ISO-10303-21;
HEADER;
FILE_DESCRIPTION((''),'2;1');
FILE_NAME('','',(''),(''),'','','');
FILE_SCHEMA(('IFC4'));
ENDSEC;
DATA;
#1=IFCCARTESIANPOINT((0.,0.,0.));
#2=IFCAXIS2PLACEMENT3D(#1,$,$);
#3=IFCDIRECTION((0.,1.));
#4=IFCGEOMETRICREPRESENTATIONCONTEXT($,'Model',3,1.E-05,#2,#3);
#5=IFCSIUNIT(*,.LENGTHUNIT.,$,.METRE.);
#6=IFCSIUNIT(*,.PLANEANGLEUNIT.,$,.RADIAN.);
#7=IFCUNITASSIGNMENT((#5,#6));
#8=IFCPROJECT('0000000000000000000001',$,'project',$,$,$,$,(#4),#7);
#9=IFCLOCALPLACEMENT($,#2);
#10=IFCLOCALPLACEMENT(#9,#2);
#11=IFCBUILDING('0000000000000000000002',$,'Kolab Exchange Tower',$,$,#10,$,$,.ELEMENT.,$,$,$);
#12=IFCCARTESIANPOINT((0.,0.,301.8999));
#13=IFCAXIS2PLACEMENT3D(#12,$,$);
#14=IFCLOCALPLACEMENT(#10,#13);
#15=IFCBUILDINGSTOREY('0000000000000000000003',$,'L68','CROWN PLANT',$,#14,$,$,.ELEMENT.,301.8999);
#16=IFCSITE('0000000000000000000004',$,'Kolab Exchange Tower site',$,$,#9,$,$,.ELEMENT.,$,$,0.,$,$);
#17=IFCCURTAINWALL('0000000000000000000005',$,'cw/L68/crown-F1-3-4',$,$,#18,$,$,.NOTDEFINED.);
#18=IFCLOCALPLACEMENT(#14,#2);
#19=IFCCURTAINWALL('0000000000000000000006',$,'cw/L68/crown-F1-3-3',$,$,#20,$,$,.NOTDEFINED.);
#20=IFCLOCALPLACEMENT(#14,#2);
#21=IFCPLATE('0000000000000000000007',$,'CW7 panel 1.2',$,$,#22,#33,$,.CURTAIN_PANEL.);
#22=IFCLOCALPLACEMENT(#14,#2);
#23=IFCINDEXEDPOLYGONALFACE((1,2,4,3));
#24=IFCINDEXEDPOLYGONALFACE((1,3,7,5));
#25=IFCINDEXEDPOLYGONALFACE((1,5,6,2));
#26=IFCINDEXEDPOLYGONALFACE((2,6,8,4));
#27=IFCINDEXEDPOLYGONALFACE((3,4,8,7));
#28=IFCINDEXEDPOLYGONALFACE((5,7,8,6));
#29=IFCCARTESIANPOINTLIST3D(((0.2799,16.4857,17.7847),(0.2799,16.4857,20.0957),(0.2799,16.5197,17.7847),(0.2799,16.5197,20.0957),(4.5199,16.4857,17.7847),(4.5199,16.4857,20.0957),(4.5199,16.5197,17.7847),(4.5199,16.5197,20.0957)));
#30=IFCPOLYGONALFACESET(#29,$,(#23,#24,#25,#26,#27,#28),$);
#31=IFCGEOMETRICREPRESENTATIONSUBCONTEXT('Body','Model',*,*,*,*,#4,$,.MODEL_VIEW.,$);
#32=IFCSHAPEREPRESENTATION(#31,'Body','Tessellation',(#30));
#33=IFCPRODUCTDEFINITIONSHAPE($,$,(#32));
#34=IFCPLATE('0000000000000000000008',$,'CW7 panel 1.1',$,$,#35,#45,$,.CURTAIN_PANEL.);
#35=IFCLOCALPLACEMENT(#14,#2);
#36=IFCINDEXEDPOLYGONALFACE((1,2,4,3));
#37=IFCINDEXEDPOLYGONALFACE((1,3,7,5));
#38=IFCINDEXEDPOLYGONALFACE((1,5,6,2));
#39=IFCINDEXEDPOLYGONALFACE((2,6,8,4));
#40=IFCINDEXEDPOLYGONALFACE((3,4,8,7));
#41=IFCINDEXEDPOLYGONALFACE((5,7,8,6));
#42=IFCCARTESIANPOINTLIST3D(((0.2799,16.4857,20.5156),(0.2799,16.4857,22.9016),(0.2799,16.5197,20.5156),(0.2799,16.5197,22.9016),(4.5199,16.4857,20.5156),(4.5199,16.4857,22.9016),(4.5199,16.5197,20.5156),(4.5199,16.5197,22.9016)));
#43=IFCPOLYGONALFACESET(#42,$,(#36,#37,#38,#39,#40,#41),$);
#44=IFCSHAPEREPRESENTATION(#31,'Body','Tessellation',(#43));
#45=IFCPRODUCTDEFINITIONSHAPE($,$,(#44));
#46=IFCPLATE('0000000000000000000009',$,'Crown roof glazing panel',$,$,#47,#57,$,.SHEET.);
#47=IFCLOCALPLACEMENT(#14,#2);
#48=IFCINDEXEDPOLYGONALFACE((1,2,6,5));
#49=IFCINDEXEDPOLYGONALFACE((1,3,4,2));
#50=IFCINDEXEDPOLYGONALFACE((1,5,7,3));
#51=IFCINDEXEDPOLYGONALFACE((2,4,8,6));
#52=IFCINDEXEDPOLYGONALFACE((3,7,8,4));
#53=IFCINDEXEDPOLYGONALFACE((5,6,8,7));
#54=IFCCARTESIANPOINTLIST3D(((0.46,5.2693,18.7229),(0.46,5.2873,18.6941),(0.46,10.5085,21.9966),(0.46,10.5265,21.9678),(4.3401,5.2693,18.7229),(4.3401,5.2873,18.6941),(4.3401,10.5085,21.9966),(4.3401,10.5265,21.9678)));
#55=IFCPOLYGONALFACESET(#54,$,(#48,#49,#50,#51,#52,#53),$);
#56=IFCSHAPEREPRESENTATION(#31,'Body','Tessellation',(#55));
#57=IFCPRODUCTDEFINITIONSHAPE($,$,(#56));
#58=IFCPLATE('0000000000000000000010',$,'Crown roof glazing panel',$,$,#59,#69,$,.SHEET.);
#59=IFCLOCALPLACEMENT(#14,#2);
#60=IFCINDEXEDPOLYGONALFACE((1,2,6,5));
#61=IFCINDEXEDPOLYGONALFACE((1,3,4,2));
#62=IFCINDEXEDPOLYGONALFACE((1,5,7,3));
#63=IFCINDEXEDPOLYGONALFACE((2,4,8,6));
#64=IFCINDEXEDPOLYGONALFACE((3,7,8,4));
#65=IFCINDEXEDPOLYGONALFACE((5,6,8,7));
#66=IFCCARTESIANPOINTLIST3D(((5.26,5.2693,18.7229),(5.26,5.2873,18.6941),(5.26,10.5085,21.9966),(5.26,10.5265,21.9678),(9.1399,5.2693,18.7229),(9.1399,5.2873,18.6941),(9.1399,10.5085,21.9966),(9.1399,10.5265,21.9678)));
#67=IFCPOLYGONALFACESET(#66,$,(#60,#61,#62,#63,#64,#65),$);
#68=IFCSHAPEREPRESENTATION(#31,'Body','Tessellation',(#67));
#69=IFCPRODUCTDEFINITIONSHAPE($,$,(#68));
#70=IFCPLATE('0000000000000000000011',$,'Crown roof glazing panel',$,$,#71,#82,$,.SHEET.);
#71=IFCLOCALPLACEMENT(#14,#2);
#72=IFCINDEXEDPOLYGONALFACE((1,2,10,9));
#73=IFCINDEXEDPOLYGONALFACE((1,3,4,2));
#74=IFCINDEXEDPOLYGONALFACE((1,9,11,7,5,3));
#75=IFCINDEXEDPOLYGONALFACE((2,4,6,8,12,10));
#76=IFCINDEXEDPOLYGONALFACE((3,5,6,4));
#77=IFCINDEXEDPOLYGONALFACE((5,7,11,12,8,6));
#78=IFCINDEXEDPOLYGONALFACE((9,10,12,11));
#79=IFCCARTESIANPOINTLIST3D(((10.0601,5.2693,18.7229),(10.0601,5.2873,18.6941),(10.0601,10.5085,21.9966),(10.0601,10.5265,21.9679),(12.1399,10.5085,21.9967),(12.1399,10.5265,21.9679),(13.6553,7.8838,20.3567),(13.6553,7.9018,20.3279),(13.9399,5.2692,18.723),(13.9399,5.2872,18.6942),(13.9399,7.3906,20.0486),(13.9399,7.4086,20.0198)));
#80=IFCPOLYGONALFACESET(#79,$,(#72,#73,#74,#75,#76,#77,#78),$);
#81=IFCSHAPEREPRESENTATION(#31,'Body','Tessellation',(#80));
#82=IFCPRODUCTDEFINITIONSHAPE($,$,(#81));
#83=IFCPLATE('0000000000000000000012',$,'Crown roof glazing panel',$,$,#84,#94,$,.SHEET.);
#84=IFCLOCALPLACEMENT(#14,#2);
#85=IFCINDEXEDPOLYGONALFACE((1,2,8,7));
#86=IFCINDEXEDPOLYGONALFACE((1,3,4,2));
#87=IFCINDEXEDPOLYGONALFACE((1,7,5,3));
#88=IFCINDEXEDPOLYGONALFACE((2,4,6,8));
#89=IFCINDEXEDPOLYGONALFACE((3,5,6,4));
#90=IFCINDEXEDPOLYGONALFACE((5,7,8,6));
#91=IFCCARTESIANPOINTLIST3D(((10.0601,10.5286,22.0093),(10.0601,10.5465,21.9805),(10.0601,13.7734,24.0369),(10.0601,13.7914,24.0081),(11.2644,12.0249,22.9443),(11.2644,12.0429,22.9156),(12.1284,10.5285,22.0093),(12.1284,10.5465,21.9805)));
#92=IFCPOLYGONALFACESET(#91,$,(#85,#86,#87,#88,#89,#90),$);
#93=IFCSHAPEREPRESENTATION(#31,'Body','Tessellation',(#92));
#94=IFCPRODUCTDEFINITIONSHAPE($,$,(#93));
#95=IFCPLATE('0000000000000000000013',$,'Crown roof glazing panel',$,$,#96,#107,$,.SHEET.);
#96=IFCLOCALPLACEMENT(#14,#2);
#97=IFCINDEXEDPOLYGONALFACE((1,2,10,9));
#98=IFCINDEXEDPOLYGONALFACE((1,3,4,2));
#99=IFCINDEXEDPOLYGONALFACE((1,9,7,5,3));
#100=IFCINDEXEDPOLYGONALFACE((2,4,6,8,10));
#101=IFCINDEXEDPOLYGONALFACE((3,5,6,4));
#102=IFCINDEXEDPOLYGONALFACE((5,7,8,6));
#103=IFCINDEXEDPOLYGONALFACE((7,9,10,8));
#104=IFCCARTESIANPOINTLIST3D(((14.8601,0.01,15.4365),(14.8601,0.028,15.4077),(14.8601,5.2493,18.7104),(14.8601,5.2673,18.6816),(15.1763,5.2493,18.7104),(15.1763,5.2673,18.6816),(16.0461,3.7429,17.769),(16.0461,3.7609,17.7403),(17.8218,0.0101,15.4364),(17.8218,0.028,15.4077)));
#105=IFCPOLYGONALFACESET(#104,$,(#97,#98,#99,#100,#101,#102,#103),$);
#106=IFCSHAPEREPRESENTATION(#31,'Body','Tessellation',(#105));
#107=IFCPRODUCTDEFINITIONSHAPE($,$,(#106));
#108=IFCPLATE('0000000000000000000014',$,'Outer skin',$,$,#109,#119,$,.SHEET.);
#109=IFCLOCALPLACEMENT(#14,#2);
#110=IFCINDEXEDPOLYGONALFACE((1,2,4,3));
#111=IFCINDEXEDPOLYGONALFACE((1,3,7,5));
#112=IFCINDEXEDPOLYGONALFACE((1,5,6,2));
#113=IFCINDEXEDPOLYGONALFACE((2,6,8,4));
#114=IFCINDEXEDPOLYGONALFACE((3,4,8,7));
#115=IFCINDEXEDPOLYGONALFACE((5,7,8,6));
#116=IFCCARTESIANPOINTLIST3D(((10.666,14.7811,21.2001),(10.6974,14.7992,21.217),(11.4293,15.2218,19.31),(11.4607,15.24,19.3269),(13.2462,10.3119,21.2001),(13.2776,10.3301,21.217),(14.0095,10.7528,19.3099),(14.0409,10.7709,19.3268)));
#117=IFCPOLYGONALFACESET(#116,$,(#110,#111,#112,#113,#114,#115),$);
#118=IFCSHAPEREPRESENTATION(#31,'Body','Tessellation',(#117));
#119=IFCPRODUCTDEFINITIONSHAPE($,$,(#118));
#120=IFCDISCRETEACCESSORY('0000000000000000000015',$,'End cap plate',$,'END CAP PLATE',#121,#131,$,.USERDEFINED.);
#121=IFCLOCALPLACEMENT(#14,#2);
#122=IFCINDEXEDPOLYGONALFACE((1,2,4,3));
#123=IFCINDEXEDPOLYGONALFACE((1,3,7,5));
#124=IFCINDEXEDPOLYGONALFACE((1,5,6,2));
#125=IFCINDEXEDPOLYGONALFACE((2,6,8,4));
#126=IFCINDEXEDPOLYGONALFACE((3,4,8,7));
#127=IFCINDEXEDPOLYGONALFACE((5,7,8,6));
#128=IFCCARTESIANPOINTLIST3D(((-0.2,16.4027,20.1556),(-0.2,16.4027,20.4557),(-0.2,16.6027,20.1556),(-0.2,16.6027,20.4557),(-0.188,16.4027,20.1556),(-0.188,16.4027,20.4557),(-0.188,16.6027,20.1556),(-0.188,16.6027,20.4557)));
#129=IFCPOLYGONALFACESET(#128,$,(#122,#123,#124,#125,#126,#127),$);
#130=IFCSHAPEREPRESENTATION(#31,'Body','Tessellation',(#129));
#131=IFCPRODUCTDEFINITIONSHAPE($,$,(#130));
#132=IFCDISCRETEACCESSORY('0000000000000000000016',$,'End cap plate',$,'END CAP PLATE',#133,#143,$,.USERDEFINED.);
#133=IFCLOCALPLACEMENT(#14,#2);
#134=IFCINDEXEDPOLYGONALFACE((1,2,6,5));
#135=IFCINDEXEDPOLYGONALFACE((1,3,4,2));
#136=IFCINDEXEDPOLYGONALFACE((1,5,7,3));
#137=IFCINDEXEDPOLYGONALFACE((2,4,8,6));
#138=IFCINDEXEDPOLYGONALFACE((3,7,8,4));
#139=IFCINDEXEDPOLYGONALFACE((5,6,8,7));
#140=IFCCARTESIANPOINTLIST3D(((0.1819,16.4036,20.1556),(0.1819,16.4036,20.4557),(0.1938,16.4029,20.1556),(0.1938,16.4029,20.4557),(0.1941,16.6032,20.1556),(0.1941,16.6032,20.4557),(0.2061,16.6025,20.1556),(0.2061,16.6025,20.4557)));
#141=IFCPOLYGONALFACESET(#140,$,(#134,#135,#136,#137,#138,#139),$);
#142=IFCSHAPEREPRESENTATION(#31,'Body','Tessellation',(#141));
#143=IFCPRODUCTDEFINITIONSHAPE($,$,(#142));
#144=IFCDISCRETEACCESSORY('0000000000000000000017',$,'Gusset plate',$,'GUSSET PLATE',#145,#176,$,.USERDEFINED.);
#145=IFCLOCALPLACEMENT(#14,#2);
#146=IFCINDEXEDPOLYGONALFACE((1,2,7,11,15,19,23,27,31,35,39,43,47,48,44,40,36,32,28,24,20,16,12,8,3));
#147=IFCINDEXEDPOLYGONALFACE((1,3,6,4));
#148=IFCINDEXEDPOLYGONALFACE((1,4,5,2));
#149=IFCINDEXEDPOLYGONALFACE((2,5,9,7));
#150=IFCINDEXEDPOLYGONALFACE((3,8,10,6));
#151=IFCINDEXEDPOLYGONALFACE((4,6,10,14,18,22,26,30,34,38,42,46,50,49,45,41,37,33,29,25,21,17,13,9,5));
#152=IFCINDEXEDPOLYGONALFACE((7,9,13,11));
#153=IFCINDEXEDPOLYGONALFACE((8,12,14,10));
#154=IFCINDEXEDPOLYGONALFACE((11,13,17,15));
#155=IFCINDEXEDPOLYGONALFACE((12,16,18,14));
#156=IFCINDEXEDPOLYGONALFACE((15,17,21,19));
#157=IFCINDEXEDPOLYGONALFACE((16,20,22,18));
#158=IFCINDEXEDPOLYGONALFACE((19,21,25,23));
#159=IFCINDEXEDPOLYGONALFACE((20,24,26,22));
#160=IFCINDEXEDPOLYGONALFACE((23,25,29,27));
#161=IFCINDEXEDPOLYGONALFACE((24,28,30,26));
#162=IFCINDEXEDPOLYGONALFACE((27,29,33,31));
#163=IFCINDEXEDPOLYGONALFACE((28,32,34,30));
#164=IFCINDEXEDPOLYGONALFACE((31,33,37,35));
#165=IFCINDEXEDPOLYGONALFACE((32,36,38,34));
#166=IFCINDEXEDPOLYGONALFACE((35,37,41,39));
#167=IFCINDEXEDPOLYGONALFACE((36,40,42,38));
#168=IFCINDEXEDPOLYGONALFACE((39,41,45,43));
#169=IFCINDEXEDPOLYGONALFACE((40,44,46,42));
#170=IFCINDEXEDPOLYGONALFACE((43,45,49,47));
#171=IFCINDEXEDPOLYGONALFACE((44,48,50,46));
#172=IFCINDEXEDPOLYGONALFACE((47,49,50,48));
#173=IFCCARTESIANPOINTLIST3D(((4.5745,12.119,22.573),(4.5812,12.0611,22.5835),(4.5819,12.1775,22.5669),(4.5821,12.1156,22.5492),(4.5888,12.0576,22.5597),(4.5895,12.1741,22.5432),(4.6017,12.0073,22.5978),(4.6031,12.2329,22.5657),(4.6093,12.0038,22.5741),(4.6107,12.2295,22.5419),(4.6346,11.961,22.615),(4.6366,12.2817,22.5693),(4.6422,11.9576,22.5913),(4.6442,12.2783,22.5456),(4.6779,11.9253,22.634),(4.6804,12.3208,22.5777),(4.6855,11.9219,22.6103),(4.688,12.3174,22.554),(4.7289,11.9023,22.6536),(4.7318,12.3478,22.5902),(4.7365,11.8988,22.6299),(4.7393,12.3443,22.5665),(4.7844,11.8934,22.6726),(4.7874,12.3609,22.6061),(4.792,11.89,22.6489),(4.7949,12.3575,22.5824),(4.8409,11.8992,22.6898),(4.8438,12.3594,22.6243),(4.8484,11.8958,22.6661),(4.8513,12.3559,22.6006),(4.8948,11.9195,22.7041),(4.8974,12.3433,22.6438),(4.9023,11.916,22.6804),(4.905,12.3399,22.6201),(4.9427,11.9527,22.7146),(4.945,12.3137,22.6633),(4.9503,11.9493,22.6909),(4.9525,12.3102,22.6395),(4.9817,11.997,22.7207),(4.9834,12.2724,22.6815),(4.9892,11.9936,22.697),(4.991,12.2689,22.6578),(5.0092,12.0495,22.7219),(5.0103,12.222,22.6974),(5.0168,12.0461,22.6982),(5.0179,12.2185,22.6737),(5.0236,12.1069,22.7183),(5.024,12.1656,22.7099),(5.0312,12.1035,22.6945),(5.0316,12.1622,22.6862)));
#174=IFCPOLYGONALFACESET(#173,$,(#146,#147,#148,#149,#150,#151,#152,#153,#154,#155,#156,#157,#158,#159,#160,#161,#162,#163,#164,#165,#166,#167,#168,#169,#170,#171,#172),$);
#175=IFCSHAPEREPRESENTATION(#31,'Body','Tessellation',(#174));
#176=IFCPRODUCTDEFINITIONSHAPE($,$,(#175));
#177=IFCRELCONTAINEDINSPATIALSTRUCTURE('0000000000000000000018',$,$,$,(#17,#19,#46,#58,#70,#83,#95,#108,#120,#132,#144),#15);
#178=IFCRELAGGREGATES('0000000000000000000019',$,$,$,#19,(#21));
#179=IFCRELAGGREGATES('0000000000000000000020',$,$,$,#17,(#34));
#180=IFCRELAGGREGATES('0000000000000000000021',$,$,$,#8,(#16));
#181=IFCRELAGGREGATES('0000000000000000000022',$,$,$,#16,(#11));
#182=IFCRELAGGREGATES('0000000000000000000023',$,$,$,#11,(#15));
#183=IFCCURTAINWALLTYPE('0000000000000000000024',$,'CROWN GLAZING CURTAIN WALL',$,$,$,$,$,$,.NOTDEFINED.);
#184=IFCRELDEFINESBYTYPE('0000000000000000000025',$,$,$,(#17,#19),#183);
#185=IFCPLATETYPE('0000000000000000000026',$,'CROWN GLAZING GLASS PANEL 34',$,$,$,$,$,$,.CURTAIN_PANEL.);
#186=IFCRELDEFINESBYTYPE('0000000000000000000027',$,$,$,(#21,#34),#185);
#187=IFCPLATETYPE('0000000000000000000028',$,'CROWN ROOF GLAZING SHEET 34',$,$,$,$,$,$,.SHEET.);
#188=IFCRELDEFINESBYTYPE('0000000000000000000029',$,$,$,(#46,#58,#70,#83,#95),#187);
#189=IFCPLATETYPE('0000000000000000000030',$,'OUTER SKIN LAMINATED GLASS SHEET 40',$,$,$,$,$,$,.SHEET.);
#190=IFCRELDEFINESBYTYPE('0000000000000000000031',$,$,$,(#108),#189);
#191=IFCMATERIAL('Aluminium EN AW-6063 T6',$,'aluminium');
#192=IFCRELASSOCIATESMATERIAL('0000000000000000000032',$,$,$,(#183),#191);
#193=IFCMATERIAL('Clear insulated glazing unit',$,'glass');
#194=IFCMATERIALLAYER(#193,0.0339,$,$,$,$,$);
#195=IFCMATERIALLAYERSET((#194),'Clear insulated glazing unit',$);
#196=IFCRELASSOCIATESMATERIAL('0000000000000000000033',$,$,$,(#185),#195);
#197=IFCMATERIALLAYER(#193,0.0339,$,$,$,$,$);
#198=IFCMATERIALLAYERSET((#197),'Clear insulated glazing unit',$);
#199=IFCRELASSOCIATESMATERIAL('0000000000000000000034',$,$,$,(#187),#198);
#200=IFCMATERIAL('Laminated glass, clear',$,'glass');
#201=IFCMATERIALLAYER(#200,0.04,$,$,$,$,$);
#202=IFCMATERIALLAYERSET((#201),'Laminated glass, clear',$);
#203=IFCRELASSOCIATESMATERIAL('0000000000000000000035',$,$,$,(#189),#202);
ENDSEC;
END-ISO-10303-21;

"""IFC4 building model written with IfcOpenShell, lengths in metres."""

from ifc_helpers import new_model, si_unit, direction, frame, origin, origin_2d, place, context, subcontext, project, spatial, polyline, rectangle, circle, outline, extrude, material, layer, layer_set, type_object, element, aggregate, save


model = new_model("IFC4")

# Units and contexts
model_context = context("Model", 3, precision=1e-05, world=origin(), true_north=direction((0.0, 1.0)))
body_context = subcontext(model_context, "Body", "Model", "MODEL_VIEW")
ifc_project = project(units=[si_unit("LENGTHUNIT", "METRE"), si_unit("PLANEANGLEUNIT", "RADIAN")], contexts=[model_context])

# Site, building, storey
site_placement = place(None, origin())
site = spatial("IfcSite", under=ifc_project, at=site_placement, Name="Kolab Exchange Tower site", CompositionType="ELEMENT", RefElevation=0.0)
building_placement = place(site_placement, origin())
building = spatial("IfcBuilding", under=site, at=building_placement, Name="Kolab Exchange Tower", CompositionType="ELEMENT")
storey_placement = place(building_placement, frame((0.0, 0.0, 301.8999)))
storey = spatial("IfcBuildingStorey", under=building, at=storey_placement, Name="L68", Description="CROWN PLANT", CompositionType="ELEMENT", Elevation=301.8999)

# Shared definitions
ifc_material_1 = material(Name="Aluminium EN AW-6063 T6", Category="aluminium")
curtain_wall_type = type_object("IfcCurtainWallType", Name="CROWN GLAZING CURTAIN WALL", PredefinedType="NOTDEFINED", material=ifc_material_1)

# Curtain walls
curtain_wall_1_placement = place(storey_placement, origin())
curtain_wall_1 = element("IfcCurtainWall", 1, at=curtain_wall_1_placement, inside=storey, type_object=curtain_wall_type, Name="cw/L68/crown-F1-3-4", PredefinedType="NOTDEFINED")
curtain_wall_2_placement = place(storey_placement, origin())
curtain_wall_2 = element("IfcCurtainWall", 2, at=curtain_wall_2_placement, inside=storey, type_object=curtain_wall_type, Name="cw/L68/crown-F1-3-3", PredefinedType="NOTDEFINED")

# Shared definitions
ifc_material_2 = material(Name="Clear insulated glazing unit", Category="glass")
ifc_layer_1 = layer(ifc_material_2, 0.0339)
ifc_layer_set_1 = layer_set([ifc_layer_1], Name="Clear insulated glazing unit")
plate_type_1 = type_object("IfcPlateType", Name="CROWN GLAZING GLASS PANEL 34", PredefinedType="CURTAIN_PANEL", material=ifc_layer_set_1)

# Plates
plate_1_placement = place(storey_placement, frame((2.3999, 16.5027, 17.7847), z_axis=(0.0, 0.0, 1.0), x_axis=(1.0, 0.0, 0.0)))
plate_1 = element("IfcPlate", 3, at=plate_1_placement, type_object=plate_type_1, Name="CW7 panel 1.2", PredefinedType="CURTAIN_PANEL", context=body_context, shape_type="SweptSolid", body=[
    extrude(rectangle(XDim=4.24, YDim=0.0339, at=origin_2d()), origin(), (0.0, 0.0, 1.0), 2.311),
])
aggregate(curtain_wall_2, [plate_1])
plate_2_placement = place(storey_placement, frame((2.3999, 16.5027, 20.5156), z_axis=(0.0, 0.0, 1.0), x_axis=(1.0, 0.0, 0.0)))
plate_2 = element("IfcPlate", 4, at=plate_2_placement, type_object=plate_type_1, Name="CW7 panel 1.1", PredefinedType="CURTAIN_PANEL", context=body_context, shape_type="SweptSolid", body=[
    extrude(rectangle(XDim=4.24, YDim=0.0339, at=origin_2d()), origin(), (0.0, 0.0, 1.0), 2.386),
])
aggregate(curtain_wall_1, [plate_2])

# Plates
ifc_layer_2 = layer(ifc_material_2, 0.0339)
ifc_layer_set_2 = layer_set([ifc_layer_2], Name="Clear insulated glazing unit")
plate_type_2 = type_object("IfcPlateType", Name="CROWN ROOF GLAZING SHEET 34", PredefinedType="SHEET", material=ifc_layer_set_2)
plate_3_placement = place(storey_placement, frame((0.46, 5.2693, 18.7229), z_axis=(0.0, -0.529899, 0.84806), x_axis=(0.0, 0.84806, 0.529899)))
element("IfcPlate", 5, at=plate_3_placement, inside=storey, type_object=plate_type_2, Name="Crown roof glazing panel", PredefinedType="SHEET", context=body_context, shape_type="SweptSolid", body=[
    extrude(outline(polyline([(0.0, 0.0), (6.1779, 0.0), (6.1779, -3.8801), (0.0, -3.8801), (0.0, 0.0)])), origin(), (0.0, 0.0, -1.0), 0.0339),
])
plate_4_placement = place(storey_placement, frame((5.26, 5.2693, 18.7229), z_axis=(0.0, -0.529899, 0.84806), x_axis=(0.0, 0.84806, 0.529899)))
element("IfcPlate", 6, at=plate_4_placement, inside=storey, type_object=plate_type_2, Name="Crown roof glazing panel", PredefinedType="SHEET", context=body_context, shape_type="SweptSolid", body=[
    extrude(outline(polyline([(0.0, 0.0), (6.1779, 0.0), (6.1779, -3.8799), (0.0, -3.8799), (0.0, 0.0)])), origin(), (0.0, 0.0, -1.0), 0.0339),
])
plate_5_placement = place(storey_placement, frame((13.6553, 7.8838, 20.3567), z_axis=(-0.000024, -0.529905, 0.848057), x_axis=(0.439684, -0.76169, -0.475927)))
element("IfcPlate", 7, at=plate_5_placement, inside=storey, type_object=plate_type_2, Name="Crown roof glazing panel", PredefinedType="SHEET", context=body_context, shape_type="SweptSolid", body=[
    extrude(outline(polyline([(0.0, 0.0), (0.6474, 0.0), (2.8942, -1.0999), (1.1882, -4.5846), (-4.3605, -1.8683), (-3.446, -0.0003), (0.0, 0.0)])), origin(), (0.0, 0.0, -1.0), 0.0339),
])
plate_6_placement = place(storey_placement, frame((11.2644, 12.0249, 22.9443), z_axis=(-0.000023, -0.529923, 0.848045), x_axis=(0.439778, -0.76164, -0.475919)))
element("IfcPlate", 8, at=plate_6_placement, inside=storey, type_object=plate_type_2, Name="Crown roof glazing panel", PredefinedType="SHEET", context=body_context, shape_type="SweptSolid", body=[
    extrude(outline(polyline([(0.0, 0.0), (1.9647, 0.0), (1.055, -1.8576), (-2.3814, -0.1749), (0.0, 0.0)])), origin(), (0.0, 0.0, -1.0), 0.0339),
])
plate_7_placement = place(storey_placement, frame((16.0461, 3.7429, 17.769), z_axis=(0.000029, -0.529917, 0.848049), x_axis=(0.374103, -0.786464, -0.491448)))
element("IfcPlate", 9, at=plate_7_placement, inside=storey, type_object=plate_type_2, Name="Crown roof glazing panel", PredefinedType="SHEET", context=body_context, shape_type="SweptSolid", body=[
    extrude(outline(polyline([(0.0, 0.0), (4.7464, 0.0), (3.6384, -2.7466), (-2.091, -0.4354), (-1.9728, -0.1422), (0.0, 0.0)])), origin(), (0.0, 0.0, -1.0), 0.0339),
])
ifc_material_3 = material(Name="Laminated glass, clear", Category="glass")
ifc_layer_3 = layer(ifc_material_3, 0.04)
ifc_layer_set_3 = layer_set([ifc_layer_3], Name="Laminated glass, clear")
plate_type_3 = type_object("IfcPlateType", Name="OUTER SKIN LAMINATED GLASS SHEET 40", PredefinedType="SHEET", material=ifc_layer_set_3)
plate_8_placement = place(storey_placement, frame((11.4607, 15.24, 19.3269), z_axis=(0.78488, 0.453143, 0.42264), x_axis=(0.499998, -0.866026, -0.000012)))
element("IfcPlate", 10, at=plate_8_placement, inside=storey, type_object=plate_type_3, Name="Outer skin", PredefinedType="SHEET", context=body_context, shape_type="SweptSolid", body=[
    extrude(outline(polyline([(0.0, 0.0), (5.1604, 0.0), (5.1605, -2.0856), (0.0, -2.0855), (0.0, 0.0)])), origin(), (0.0, 0.0, -1.0), 0.04),
])

# Discrete accessories
for number, where, z_axis, x_axis, name in (
    (11, (-0.2, 16.5027, 20.3057), (1.0, 0.0, 0.0), (0.0, 1.0, 0.0), "End cap plate"),
    (12, (0.2, 16.5027, 20.3057), (-0.998131, 0.06111, 0.0), (-0.06111, -0.998131, 0.0), "End cap plate"),
):
    element("IfcDiscreteAccessory", number, at=place(storey_placement, frame(where, z_axis=z_axis, x_axis=x_axis)), inside=storey, Name=name, ObjectType="END CAP PLATE", PredefinedType="USERDEFINED", context=body_context, shape_type="SweptSolid", body=[
        extrude(rectangle(XDim=0.2, YDim=0.3, at=origin_2d()), origin(), (0.0, 0.0, 1.0), 0.012),
    ])
discrete_accessory_1_placement = place(storey_placement, frame((4.8, 12.1277, 22.6438), z_axis=(0.301583, -0.136199, -0.943662), x_axis=(0.411587, 0.911371, 0.0)))
element("IfcDiscreteAccessory", 13, at=discrete_accessory_1_placement, inside=storey, Name="Gusset plate", ObjectType="GUSSET PLATE", PredefinedType="USERDEFINED", context=body_context, shape_type="SweptSolid", body=[
    extrude(circle(Radius=0.2366, at=origin_2d()), origin(), (0.0, 0.0, 1.0), 0.0251),
])

save(model, "model.ifc")
